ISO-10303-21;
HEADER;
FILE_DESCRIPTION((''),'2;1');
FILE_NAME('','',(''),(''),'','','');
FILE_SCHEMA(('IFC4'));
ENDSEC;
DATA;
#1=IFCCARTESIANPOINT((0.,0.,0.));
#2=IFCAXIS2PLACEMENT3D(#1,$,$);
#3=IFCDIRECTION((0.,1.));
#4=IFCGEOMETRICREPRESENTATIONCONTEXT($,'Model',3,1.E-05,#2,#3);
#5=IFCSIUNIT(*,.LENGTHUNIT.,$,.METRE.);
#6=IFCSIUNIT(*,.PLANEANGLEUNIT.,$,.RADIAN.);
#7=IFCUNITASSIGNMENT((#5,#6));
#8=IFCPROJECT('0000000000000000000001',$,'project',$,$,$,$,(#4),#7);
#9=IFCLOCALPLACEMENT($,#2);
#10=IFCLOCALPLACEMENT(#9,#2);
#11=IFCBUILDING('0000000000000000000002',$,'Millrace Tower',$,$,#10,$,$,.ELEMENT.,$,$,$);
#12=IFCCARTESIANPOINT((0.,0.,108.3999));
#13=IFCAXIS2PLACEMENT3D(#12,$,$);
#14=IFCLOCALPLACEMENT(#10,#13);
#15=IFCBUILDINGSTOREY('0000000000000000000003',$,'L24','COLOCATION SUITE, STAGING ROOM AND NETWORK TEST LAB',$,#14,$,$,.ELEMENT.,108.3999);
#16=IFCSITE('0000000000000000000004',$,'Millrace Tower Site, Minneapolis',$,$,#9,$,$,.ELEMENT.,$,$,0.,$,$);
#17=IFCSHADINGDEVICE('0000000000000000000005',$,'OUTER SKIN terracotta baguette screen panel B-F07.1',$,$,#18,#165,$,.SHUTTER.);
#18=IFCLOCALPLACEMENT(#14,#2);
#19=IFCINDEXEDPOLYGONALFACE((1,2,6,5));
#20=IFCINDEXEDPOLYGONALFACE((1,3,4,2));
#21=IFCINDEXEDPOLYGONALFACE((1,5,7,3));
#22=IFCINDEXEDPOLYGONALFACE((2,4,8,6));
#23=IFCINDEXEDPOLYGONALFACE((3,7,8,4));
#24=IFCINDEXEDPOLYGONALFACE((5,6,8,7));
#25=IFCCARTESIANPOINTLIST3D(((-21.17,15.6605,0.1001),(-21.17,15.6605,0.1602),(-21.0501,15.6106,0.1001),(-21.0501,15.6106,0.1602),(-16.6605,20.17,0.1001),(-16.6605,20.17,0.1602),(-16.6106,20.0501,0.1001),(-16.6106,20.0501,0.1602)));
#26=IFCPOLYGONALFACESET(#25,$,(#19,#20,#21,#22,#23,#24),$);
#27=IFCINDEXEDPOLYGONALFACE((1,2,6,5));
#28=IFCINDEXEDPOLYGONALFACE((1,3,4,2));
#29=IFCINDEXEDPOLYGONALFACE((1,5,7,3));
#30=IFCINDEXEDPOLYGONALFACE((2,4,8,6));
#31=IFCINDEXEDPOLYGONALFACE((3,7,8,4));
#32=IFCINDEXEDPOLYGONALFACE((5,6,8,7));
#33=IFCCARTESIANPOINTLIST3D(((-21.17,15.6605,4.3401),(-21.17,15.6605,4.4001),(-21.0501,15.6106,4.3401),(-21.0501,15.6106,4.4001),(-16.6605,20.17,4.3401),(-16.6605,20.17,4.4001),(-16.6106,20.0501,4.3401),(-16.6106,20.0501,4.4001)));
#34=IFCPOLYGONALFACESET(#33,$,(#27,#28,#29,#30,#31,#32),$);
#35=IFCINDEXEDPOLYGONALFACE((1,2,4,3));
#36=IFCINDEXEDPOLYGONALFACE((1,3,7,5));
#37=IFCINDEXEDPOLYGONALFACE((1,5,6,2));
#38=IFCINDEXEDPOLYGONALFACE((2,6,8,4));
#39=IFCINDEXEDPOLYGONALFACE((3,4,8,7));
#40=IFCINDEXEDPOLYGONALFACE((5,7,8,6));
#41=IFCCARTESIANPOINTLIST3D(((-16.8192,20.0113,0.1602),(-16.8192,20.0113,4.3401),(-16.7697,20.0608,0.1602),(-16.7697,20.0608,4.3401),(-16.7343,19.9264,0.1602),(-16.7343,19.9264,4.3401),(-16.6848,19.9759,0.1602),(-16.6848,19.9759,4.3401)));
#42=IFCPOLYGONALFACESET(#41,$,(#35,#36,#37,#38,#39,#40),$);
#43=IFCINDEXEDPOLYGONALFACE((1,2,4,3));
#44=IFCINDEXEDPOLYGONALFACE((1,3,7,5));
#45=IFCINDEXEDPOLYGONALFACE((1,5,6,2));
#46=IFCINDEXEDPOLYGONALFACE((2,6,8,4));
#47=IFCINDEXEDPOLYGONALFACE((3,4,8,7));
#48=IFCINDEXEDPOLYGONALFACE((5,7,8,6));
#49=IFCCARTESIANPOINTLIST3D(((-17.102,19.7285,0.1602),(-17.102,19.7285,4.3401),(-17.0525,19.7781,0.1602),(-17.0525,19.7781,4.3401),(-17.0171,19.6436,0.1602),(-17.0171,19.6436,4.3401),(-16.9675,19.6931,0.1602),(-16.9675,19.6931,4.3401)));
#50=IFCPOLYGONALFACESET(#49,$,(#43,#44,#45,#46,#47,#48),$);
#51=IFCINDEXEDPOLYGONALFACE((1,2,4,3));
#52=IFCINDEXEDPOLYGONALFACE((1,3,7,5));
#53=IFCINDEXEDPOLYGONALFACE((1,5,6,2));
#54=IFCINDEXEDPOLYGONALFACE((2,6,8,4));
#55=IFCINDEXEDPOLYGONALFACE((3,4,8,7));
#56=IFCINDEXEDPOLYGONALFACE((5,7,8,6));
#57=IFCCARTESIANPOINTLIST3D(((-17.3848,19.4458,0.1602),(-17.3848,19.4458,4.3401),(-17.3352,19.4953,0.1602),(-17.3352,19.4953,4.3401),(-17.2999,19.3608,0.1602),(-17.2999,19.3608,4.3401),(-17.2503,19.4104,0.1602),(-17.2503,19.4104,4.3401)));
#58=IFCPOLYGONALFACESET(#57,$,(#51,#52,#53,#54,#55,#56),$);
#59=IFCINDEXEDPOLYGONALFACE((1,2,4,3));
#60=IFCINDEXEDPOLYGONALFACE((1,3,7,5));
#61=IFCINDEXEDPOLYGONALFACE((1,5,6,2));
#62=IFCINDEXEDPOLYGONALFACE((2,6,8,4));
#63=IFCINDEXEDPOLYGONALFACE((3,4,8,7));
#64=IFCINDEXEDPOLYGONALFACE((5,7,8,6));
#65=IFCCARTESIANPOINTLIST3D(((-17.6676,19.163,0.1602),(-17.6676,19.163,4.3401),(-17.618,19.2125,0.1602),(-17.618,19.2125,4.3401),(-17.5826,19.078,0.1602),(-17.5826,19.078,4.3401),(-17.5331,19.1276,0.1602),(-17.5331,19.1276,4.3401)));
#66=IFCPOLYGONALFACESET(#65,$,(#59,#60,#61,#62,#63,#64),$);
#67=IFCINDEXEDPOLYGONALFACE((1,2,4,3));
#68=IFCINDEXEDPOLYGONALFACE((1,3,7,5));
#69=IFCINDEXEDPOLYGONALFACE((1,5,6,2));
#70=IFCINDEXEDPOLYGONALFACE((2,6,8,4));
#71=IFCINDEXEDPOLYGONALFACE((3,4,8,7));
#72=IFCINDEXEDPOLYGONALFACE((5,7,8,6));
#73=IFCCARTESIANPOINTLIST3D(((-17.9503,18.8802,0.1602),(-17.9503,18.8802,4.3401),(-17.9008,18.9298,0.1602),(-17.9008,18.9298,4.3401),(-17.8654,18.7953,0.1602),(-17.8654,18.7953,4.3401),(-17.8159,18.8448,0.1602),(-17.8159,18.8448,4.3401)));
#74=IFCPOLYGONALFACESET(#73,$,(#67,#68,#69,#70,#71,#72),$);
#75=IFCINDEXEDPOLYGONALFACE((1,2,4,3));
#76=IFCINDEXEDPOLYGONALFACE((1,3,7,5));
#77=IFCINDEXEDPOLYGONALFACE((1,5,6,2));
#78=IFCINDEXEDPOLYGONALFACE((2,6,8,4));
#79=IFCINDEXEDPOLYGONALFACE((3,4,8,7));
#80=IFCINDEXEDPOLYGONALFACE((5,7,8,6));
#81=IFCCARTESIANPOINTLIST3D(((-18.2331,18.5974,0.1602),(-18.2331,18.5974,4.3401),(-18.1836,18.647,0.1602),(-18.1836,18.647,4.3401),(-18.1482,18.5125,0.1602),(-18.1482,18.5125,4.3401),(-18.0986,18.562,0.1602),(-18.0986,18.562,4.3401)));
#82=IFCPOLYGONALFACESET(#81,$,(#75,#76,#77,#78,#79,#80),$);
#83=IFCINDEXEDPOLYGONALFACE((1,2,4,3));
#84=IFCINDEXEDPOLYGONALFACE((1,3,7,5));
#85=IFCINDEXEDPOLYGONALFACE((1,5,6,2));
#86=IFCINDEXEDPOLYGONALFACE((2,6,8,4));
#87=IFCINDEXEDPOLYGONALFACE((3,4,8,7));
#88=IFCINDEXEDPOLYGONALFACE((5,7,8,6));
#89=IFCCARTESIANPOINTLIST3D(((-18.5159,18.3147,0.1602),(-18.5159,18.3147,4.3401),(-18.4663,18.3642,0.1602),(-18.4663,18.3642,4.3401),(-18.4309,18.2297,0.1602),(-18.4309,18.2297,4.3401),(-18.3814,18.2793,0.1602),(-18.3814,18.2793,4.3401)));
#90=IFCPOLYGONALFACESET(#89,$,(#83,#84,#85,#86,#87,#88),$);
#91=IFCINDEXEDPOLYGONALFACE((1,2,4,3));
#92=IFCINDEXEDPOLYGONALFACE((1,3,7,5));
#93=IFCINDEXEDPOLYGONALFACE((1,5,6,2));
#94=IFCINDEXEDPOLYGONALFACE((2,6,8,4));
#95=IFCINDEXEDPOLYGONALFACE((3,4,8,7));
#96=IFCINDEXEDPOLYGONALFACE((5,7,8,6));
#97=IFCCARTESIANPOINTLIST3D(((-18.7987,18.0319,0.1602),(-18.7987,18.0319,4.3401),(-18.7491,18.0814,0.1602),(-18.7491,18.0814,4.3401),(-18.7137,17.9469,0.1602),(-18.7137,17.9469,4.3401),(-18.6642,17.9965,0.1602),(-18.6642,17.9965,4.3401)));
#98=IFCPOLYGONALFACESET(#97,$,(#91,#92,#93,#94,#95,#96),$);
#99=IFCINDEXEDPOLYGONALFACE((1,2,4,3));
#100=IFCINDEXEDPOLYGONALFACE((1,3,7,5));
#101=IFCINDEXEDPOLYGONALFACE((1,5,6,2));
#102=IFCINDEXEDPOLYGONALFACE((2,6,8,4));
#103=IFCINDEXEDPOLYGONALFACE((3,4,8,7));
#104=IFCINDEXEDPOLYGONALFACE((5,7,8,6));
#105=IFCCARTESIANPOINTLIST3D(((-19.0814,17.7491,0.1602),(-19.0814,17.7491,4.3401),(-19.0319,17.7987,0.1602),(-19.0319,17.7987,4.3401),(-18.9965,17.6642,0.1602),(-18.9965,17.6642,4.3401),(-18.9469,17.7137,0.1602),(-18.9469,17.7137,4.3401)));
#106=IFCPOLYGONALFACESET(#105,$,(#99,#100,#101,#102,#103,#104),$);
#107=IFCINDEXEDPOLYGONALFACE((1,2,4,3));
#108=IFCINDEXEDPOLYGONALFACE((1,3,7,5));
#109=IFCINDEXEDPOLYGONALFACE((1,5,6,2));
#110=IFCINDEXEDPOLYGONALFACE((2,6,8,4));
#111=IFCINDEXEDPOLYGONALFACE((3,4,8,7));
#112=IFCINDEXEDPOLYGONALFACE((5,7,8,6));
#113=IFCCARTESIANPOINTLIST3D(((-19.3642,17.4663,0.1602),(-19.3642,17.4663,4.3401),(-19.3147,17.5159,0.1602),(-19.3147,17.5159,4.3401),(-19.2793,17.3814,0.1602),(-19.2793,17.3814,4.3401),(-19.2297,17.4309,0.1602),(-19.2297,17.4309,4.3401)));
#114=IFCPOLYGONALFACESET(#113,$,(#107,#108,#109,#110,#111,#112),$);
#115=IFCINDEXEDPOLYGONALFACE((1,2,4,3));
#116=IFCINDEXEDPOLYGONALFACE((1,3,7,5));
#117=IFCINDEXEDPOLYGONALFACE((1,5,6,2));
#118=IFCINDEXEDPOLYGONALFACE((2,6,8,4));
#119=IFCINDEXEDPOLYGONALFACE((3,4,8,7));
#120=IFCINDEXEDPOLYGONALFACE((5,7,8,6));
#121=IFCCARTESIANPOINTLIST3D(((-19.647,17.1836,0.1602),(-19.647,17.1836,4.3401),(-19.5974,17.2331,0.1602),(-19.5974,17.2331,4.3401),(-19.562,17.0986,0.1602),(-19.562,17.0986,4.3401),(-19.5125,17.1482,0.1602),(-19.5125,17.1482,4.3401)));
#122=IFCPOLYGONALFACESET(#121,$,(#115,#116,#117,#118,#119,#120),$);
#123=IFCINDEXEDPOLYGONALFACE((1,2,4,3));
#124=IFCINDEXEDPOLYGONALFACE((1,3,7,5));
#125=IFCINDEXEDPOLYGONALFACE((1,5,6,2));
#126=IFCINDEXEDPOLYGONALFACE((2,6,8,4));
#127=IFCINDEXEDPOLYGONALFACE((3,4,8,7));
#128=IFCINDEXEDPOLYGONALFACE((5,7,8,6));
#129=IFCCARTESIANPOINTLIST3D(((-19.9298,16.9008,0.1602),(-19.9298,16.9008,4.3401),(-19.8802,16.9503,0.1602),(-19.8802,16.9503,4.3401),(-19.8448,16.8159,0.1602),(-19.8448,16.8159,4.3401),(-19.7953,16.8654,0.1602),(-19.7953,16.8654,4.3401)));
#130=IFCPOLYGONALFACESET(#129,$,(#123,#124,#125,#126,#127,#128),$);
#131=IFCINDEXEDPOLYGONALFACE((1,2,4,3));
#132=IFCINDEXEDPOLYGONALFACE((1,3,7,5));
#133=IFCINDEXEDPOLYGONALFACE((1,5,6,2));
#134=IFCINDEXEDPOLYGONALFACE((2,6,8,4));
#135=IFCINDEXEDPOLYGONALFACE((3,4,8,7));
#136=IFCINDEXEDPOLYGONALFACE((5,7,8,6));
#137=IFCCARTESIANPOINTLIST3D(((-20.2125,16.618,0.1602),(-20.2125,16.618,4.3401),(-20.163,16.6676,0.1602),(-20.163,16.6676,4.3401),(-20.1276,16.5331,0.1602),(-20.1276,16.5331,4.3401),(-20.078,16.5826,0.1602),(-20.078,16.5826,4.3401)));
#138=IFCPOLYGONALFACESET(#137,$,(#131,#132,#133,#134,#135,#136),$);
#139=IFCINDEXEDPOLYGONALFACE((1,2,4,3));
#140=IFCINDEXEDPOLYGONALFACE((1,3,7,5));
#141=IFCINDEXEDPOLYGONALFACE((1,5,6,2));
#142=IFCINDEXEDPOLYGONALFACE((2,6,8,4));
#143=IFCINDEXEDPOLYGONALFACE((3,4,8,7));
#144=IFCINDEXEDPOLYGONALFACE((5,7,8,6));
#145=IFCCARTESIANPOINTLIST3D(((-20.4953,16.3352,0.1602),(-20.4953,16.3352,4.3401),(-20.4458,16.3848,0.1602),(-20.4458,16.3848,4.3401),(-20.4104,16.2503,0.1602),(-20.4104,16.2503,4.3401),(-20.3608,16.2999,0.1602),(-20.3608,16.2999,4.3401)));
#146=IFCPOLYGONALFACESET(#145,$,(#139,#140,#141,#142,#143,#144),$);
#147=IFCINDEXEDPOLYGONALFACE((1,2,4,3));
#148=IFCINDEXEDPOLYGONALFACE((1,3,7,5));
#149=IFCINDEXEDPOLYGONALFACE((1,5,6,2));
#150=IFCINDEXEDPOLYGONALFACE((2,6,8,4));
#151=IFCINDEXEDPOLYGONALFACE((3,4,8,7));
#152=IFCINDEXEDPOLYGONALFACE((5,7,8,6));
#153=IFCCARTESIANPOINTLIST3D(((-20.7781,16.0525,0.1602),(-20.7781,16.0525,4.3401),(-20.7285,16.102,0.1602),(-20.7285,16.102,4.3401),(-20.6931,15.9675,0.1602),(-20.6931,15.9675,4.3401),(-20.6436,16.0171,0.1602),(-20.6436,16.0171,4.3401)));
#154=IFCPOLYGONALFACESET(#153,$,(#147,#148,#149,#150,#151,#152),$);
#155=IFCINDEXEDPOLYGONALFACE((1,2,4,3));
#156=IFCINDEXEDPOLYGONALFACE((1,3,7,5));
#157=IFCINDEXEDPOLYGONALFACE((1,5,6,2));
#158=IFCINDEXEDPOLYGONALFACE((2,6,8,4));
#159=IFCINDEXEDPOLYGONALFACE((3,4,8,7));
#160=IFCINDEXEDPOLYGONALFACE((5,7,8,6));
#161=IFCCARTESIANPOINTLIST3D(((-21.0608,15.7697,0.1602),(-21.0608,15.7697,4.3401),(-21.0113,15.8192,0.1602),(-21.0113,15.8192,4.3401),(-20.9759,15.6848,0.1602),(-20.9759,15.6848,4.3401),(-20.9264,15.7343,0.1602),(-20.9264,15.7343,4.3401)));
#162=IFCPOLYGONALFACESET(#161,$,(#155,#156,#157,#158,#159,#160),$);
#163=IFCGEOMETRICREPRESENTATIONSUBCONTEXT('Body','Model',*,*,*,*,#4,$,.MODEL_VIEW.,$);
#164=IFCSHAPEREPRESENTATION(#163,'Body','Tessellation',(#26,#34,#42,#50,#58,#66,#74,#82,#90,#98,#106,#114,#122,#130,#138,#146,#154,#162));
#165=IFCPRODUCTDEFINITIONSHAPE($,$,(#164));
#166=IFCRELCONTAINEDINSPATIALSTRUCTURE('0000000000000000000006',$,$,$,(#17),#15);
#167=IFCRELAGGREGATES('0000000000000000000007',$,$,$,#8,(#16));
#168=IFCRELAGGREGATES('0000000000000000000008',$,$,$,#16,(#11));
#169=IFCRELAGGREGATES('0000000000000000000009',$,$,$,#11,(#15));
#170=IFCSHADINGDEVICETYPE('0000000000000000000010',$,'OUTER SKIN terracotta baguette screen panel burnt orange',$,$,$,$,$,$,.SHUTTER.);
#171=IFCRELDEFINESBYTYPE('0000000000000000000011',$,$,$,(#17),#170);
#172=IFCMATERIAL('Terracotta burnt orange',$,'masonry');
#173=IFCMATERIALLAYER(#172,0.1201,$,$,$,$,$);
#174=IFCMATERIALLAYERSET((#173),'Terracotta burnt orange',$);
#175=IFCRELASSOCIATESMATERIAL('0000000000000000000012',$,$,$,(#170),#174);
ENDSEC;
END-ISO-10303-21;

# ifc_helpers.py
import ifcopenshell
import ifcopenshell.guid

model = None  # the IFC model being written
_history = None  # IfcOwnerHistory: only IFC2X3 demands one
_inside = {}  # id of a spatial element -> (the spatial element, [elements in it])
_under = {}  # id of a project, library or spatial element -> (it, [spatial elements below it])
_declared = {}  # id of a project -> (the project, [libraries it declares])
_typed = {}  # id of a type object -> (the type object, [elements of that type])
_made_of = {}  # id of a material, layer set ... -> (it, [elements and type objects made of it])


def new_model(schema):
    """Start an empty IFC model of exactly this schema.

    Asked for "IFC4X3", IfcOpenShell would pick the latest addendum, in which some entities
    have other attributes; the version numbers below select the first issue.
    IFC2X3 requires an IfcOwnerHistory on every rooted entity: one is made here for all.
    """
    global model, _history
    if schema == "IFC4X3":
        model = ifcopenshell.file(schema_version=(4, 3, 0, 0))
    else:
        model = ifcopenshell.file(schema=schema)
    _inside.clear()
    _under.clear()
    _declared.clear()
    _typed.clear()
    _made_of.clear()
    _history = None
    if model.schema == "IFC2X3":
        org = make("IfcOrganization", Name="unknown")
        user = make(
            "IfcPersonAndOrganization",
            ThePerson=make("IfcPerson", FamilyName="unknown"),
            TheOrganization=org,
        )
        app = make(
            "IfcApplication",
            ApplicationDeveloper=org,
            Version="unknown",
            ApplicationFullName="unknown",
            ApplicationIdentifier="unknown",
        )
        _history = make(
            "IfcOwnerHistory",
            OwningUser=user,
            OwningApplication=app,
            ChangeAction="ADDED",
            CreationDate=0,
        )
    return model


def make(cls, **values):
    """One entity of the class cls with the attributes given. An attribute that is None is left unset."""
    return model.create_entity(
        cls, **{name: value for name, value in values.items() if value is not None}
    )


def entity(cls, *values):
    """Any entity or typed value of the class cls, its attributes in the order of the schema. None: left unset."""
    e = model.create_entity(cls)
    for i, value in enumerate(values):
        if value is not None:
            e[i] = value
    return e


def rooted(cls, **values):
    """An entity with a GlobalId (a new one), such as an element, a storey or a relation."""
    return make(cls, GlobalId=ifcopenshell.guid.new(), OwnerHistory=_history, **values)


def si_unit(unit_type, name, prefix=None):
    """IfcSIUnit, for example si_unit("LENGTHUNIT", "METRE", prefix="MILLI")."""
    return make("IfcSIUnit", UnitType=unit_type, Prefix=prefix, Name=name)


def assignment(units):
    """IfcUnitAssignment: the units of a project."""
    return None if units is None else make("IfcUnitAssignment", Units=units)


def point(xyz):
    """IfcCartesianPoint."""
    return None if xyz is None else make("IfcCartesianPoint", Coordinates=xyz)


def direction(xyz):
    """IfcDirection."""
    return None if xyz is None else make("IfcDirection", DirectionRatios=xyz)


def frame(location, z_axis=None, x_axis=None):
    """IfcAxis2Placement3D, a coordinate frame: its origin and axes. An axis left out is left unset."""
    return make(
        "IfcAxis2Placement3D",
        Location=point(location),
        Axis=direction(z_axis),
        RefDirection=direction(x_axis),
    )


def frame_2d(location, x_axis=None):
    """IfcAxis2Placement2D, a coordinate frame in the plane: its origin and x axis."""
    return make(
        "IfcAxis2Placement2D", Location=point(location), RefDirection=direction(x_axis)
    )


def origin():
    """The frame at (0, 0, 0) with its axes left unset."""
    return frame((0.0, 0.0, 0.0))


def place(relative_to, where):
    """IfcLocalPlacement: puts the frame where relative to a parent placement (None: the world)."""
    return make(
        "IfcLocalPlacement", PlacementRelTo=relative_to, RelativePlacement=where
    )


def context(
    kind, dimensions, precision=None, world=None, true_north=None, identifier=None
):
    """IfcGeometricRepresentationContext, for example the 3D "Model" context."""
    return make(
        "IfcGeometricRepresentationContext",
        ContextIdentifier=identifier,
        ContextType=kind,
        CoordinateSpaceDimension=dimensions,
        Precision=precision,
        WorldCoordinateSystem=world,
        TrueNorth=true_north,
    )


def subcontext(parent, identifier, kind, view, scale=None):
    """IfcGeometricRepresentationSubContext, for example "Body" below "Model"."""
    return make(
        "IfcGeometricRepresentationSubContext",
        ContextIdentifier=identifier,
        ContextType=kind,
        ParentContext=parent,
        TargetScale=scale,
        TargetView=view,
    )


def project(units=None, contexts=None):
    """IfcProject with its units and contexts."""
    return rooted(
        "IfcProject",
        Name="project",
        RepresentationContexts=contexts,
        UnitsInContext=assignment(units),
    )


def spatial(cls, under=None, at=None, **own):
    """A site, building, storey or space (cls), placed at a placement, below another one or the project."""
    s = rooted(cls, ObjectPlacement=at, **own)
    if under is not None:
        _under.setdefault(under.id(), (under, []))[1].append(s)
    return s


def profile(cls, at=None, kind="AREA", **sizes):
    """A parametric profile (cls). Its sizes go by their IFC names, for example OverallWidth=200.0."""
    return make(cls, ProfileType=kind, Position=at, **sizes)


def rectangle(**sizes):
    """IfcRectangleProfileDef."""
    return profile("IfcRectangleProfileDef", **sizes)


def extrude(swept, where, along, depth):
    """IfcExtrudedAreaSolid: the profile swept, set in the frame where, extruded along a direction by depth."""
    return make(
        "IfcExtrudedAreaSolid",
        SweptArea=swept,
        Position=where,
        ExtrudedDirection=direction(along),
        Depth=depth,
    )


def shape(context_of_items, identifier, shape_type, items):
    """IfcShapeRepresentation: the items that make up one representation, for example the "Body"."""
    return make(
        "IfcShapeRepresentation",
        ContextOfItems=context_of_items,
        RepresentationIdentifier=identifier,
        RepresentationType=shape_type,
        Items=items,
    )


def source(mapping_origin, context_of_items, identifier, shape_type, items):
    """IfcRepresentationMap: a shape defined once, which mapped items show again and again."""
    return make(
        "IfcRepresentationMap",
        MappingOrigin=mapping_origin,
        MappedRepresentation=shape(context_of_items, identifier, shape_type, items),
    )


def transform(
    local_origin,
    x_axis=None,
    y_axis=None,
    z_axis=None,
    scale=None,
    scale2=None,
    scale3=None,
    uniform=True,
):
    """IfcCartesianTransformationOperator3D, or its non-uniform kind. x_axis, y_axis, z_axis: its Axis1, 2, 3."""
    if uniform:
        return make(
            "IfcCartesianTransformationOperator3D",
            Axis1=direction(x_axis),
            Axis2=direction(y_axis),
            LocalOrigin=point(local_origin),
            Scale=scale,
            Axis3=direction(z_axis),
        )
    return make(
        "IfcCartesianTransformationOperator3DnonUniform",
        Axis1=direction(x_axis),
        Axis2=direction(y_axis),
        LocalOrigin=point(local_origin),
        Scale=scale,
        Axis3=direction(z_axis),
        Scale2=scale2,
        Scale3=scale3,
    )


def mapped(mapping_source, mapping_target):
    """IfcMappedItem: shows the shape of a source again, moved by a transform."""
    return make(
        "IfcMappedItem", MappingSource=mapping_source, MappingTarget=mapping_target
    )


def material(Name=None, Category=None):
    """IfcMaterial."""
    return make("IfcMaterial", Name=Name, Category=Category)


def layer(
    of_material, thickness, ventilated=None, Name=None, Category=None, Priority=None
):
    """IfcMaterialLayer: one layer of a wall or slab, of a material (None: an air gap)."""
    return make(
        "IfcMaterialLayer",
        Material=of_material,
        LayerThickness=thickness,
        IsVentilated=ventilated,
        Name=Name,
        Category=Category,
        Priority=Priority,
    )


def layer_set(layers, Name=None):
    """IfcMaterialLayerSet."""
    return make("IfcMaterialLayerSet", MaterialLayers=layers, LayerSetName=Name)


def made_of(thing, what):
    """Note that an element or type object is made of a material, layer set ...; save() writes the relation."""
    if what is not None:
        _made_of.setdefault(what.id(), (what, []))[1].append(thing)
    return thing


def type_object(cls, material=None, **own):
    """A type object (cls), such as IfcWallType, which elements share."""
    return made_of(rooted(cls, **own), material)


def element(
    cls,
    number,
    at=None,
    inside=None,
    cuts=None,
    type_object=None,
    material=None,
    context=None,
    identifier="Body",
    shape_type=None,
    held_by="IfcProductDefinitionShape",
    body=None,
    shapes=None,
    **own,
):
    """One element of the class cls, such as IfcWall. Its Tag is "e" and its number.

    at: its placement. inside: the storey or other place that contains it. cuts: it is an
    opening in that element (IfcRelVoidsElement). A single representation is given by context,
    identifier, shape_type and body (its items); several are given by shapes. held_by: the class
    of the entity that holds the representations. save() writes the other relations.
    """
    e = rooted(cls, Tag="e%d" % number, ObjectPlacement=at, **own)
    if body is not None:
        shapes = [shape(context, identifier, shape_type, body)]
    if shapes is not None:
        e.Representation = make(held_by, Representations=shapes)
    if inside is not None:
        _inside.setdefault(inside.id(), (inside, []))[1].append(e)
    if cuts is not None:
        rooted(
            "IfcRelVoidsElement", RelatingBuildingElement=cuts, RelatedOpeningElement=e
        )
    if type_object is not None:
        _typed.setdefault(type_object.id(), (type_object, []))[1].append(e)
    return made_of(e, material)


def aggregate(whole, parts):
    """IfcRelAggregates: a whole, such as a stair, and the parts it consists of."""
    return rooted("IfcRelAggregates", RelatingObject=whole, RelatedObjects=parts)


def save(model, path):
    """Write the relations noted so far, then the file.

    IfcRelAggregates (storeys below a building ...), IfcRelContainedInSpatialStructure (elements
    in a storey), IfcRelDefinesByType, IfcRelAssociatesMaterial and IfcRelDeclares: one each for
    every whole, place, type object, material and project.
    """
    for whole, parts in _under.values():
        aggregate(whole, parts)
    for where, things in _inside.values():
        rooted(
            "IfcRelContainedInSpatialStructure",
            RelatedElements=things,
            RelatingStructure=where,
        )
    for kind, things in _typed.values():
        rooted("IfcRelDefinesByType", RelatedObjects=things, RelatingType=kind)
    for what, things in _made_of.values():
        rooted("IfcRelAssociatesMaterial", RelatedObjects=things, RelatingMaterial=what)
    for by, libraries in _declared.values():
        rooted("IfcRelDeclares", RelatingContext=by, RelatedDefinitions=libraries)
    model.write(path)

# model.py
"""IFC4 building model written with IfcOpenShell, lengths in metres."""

from ifc_helpers import new_model, entity, si_unit, direction, frame, frame_2d, origin, place, context, subcontext, project, spatial, rectangle, extrude, source, transform, mapped, material, layer, layer_set, type_object, element, save


model = new_model("IFC4")

# Units and contexts
model_context = context("Model", 3, precision=1e-05, world=origin(), true_north=direction((0.0, 1.0)))
body_context = subcontext(model_context, "Body", "Model", "MODEL_VIEW")
ifc_project = project(units=[si_unit("LENGTHUNIT", "METRE"), si_unit("PLANEANGLEUNIT", "RADIAN")], contexts=[model_context])

# Site, building, storey
site_placement = place(None, origin())
site = spatial("IfcSite", under=ifc_project, at=site_placement, Name="Millrace Tower Site, Minneapolis", CompositionType="ELEMENT", RefElevation=0.0)
building_placement = place(site_placement, origin())
building = spatial("IfcBuilding", under=site, at=building_placement, Name="Millrace Tower", CompositionType="ELEMENT")
storey_placement = place(building_placement, frame((0.0, 0.0, 108.3999)))
storey = spatial("IfcBuildingStorey", under=building, at=storey_placement, Name="L24", Description="COLOCATION SUITE, STAGING ROOM AND NETWORK TEST LAB", CompositionType="ELEMENT", Elevation=108.3999)

# Shading device
ifc_material_1 = material(Name="Terracotta burnt orange", Category="masonry")
ifc_layer_1 = layer(ifc_material_1, 0.1201)
ifc_layer_set_1 = layer_set([ifc_layer_1], Name="Terracotta burnt orange")
shading_device_type = type_object("IfcShadingDeviceType", Name="OUTER SKIN terracotta baguette screen panel burnt orange", PredefinedType="SHUTTER", material=ifc_layer_set_1)
cartesian_point_1 = entity("IfcCartesianPoint", [-3.1392, 0.0601])
shared_polyline_1 = entity("IfcPolyline", [cartesian_point_1, entity("IfcCartesianPoint", [3.1392, 0.0601]), entity("IfcCartesianPoint", [3.1887, -0.0601]), entity("IfcCartesianPoint", [-3.1887, -0.0601]), cartesian_point_1])
shared_shape_1 = source(origin(), body_context, "Body", "SweptSolid", [
    entity("IfcExtrudedAreaSolid", entity("IfcArbitraryClosedProfileDef", "AREA", None, shared_polyline_1), entity("IfcAxis2Placement3D", entity("IfcCartesianPoint", [0.0, 0.0, 0.0])), entity("IfcDirection", [0.0, 0.0, 1.0]), 0.0601),
    entity("IfcExtrudedAreaSolid", entity("IfcArbitraryClosedProfileDef", "AREA", None, shared_polyline_1), entity("IfcAxis2Placement3D", entity("IfcCartesianPoint", [0.0, 0.0, 4.24])), entity("IfcDirection", [0.0, 0.0, 1.0]), 0.0601),
    extrude(rectangle(XDim=0.0701, YDim=0.1201, at=frame_2d((-2.9993, 0.0))), frame((0.0, 0.0, 0.0601)), (0.0, 0.0, 1.0), 4.1799),
    extrude(rectangle(XDim=0.0701, YDim=0.1201, at=frame_2d((-2.5994, 0.0))), frame((0.0, 0.0, 0.0601)), (0.0, 0.0, 1.0), 4.1799),
    extrude(rectangle(XDim=0.0701, YDim=0.1201, at=frame_2d((-2.1995, 0.0))), frame((0.0, 0.0, 0.0601)), (0.0, 0.0, 1.0), 4.1799),
    extrude(rectangle(XDim=0.0701, YDim=0.1201, at=frame_2d((-1.7996, 0.0))), frame((0.0, 0.0, 0.0601)), (0.0, 0.0, 1.0), 4.1799),
    extrude(rectangle(XDim=0.0701, YDim=0.1201, at=frame_2d((-1.3997, 0.0))), frame((0.0, 0.0, 0.0601)), (0.0, 0.0, 1.0), 4.1799),
    extrude(rectangle(XDim=0.0701, YDim=0.1201, at=frame_2d((-0.9998, 0.0))), frame((0.0, 0.0, 0.0601)), (0.0, 0.0, 1.0), 4.1799),
    extrude(rectangle(XDim=0.0701, YDim=0.1201, at=frame_2d((-0.5999, 0.0))), frame((0.0, 0.0, 0.0601)), (0.0, 0.0, 1.0), 4.1799),
    extrude(rectangle(XDim=0.0701, YDim=0.1201, at=frame_2d((-0.2, 0.0))), frame((0.0, 0.0, 0.0601)), (0.0, 0.0, 1.0), 4.1799),
    extrude(rectangle(XDim=0.0701, YDim=0.1201, at=frame_2d((0.2, 0.0))), frame((0.0, 0.0, 0.0601)), (0.0, 0.0, 1.0), 4.1799),
    extrude(rectangle(XDim=0.0701, YDim=0.1201, at=frame_2d((0.5999, 0.0))), frame((0.0, 0.0, 0.0601)), (0.0, 0.0, 1.0), 4.1799),
    extrude(rectangle(XDim=0.0701, YDim=0.1201, at=frame_2d((0.9998, 0.0))), frame((0.0, 0.0, 0.0601)), (0.0, 0.0, 1.0), 4.1799),
    extrude(rectangle(XDim=0.0701, YDim=0.1201, at=frame_2d((1.3997, 0.0))), frame((0.0, 0.0, 0.0601)), (0.0, 0.0, 1.0), 4.1799),
    extrude(rectangle(XDim=0.0701, YDim=0.1201, at=frame_2d((1.7996, 0.0))), frame((0.0, 0.0, 0.0601)), (0.0, 0.0, 1.0), 4.1799),
    extrude(rectangle(XDim=0.0701, YDim=0.1201, at=frame_2d((2.1995, 0.0))), frame((0.0, 0.0, 0.0601)), (0.0, 0.0, 1.0), 4.1799),
    extrude(rectangle(XDim=0.0701, YDim=0.1201, at=frame_2d((2.5994, 0.0))), frame((0.0, 0.0, 0.0601)), (0.0, 0.0, 1.0), 4.1799),
    extrude(rectangle(XDim=0.0701, YDim=0.1201, at=frame_2d((2.9993, 0.0))), frame((0.0, 0.0, 0.0601)), (0.0, 0.0, 1.0), 4.1799),
])
shading_device_1_placement = place(storey_placement, frame((-18.8728, 17.8728, 0.1001), z_axis=(0.0, 0.0, 1.0), x_axis=(-0.707107, -0.707107, 0.0)))
element("IfcShadingDevice", 1, at=shading_device_1_placement, inside=storey, type_object=shading_device_type, Name="OUTER SKIN terracotta baguette screen panel B-F07.1", PredefinedType="SHUTTER", context=body_context, shape_type="MappedRepresentation", body=[
    mapped(shared_shape_1, transform((0.0, 0.0, 0.0), scale=1.0)),
])

save(model, "model.ifc")
